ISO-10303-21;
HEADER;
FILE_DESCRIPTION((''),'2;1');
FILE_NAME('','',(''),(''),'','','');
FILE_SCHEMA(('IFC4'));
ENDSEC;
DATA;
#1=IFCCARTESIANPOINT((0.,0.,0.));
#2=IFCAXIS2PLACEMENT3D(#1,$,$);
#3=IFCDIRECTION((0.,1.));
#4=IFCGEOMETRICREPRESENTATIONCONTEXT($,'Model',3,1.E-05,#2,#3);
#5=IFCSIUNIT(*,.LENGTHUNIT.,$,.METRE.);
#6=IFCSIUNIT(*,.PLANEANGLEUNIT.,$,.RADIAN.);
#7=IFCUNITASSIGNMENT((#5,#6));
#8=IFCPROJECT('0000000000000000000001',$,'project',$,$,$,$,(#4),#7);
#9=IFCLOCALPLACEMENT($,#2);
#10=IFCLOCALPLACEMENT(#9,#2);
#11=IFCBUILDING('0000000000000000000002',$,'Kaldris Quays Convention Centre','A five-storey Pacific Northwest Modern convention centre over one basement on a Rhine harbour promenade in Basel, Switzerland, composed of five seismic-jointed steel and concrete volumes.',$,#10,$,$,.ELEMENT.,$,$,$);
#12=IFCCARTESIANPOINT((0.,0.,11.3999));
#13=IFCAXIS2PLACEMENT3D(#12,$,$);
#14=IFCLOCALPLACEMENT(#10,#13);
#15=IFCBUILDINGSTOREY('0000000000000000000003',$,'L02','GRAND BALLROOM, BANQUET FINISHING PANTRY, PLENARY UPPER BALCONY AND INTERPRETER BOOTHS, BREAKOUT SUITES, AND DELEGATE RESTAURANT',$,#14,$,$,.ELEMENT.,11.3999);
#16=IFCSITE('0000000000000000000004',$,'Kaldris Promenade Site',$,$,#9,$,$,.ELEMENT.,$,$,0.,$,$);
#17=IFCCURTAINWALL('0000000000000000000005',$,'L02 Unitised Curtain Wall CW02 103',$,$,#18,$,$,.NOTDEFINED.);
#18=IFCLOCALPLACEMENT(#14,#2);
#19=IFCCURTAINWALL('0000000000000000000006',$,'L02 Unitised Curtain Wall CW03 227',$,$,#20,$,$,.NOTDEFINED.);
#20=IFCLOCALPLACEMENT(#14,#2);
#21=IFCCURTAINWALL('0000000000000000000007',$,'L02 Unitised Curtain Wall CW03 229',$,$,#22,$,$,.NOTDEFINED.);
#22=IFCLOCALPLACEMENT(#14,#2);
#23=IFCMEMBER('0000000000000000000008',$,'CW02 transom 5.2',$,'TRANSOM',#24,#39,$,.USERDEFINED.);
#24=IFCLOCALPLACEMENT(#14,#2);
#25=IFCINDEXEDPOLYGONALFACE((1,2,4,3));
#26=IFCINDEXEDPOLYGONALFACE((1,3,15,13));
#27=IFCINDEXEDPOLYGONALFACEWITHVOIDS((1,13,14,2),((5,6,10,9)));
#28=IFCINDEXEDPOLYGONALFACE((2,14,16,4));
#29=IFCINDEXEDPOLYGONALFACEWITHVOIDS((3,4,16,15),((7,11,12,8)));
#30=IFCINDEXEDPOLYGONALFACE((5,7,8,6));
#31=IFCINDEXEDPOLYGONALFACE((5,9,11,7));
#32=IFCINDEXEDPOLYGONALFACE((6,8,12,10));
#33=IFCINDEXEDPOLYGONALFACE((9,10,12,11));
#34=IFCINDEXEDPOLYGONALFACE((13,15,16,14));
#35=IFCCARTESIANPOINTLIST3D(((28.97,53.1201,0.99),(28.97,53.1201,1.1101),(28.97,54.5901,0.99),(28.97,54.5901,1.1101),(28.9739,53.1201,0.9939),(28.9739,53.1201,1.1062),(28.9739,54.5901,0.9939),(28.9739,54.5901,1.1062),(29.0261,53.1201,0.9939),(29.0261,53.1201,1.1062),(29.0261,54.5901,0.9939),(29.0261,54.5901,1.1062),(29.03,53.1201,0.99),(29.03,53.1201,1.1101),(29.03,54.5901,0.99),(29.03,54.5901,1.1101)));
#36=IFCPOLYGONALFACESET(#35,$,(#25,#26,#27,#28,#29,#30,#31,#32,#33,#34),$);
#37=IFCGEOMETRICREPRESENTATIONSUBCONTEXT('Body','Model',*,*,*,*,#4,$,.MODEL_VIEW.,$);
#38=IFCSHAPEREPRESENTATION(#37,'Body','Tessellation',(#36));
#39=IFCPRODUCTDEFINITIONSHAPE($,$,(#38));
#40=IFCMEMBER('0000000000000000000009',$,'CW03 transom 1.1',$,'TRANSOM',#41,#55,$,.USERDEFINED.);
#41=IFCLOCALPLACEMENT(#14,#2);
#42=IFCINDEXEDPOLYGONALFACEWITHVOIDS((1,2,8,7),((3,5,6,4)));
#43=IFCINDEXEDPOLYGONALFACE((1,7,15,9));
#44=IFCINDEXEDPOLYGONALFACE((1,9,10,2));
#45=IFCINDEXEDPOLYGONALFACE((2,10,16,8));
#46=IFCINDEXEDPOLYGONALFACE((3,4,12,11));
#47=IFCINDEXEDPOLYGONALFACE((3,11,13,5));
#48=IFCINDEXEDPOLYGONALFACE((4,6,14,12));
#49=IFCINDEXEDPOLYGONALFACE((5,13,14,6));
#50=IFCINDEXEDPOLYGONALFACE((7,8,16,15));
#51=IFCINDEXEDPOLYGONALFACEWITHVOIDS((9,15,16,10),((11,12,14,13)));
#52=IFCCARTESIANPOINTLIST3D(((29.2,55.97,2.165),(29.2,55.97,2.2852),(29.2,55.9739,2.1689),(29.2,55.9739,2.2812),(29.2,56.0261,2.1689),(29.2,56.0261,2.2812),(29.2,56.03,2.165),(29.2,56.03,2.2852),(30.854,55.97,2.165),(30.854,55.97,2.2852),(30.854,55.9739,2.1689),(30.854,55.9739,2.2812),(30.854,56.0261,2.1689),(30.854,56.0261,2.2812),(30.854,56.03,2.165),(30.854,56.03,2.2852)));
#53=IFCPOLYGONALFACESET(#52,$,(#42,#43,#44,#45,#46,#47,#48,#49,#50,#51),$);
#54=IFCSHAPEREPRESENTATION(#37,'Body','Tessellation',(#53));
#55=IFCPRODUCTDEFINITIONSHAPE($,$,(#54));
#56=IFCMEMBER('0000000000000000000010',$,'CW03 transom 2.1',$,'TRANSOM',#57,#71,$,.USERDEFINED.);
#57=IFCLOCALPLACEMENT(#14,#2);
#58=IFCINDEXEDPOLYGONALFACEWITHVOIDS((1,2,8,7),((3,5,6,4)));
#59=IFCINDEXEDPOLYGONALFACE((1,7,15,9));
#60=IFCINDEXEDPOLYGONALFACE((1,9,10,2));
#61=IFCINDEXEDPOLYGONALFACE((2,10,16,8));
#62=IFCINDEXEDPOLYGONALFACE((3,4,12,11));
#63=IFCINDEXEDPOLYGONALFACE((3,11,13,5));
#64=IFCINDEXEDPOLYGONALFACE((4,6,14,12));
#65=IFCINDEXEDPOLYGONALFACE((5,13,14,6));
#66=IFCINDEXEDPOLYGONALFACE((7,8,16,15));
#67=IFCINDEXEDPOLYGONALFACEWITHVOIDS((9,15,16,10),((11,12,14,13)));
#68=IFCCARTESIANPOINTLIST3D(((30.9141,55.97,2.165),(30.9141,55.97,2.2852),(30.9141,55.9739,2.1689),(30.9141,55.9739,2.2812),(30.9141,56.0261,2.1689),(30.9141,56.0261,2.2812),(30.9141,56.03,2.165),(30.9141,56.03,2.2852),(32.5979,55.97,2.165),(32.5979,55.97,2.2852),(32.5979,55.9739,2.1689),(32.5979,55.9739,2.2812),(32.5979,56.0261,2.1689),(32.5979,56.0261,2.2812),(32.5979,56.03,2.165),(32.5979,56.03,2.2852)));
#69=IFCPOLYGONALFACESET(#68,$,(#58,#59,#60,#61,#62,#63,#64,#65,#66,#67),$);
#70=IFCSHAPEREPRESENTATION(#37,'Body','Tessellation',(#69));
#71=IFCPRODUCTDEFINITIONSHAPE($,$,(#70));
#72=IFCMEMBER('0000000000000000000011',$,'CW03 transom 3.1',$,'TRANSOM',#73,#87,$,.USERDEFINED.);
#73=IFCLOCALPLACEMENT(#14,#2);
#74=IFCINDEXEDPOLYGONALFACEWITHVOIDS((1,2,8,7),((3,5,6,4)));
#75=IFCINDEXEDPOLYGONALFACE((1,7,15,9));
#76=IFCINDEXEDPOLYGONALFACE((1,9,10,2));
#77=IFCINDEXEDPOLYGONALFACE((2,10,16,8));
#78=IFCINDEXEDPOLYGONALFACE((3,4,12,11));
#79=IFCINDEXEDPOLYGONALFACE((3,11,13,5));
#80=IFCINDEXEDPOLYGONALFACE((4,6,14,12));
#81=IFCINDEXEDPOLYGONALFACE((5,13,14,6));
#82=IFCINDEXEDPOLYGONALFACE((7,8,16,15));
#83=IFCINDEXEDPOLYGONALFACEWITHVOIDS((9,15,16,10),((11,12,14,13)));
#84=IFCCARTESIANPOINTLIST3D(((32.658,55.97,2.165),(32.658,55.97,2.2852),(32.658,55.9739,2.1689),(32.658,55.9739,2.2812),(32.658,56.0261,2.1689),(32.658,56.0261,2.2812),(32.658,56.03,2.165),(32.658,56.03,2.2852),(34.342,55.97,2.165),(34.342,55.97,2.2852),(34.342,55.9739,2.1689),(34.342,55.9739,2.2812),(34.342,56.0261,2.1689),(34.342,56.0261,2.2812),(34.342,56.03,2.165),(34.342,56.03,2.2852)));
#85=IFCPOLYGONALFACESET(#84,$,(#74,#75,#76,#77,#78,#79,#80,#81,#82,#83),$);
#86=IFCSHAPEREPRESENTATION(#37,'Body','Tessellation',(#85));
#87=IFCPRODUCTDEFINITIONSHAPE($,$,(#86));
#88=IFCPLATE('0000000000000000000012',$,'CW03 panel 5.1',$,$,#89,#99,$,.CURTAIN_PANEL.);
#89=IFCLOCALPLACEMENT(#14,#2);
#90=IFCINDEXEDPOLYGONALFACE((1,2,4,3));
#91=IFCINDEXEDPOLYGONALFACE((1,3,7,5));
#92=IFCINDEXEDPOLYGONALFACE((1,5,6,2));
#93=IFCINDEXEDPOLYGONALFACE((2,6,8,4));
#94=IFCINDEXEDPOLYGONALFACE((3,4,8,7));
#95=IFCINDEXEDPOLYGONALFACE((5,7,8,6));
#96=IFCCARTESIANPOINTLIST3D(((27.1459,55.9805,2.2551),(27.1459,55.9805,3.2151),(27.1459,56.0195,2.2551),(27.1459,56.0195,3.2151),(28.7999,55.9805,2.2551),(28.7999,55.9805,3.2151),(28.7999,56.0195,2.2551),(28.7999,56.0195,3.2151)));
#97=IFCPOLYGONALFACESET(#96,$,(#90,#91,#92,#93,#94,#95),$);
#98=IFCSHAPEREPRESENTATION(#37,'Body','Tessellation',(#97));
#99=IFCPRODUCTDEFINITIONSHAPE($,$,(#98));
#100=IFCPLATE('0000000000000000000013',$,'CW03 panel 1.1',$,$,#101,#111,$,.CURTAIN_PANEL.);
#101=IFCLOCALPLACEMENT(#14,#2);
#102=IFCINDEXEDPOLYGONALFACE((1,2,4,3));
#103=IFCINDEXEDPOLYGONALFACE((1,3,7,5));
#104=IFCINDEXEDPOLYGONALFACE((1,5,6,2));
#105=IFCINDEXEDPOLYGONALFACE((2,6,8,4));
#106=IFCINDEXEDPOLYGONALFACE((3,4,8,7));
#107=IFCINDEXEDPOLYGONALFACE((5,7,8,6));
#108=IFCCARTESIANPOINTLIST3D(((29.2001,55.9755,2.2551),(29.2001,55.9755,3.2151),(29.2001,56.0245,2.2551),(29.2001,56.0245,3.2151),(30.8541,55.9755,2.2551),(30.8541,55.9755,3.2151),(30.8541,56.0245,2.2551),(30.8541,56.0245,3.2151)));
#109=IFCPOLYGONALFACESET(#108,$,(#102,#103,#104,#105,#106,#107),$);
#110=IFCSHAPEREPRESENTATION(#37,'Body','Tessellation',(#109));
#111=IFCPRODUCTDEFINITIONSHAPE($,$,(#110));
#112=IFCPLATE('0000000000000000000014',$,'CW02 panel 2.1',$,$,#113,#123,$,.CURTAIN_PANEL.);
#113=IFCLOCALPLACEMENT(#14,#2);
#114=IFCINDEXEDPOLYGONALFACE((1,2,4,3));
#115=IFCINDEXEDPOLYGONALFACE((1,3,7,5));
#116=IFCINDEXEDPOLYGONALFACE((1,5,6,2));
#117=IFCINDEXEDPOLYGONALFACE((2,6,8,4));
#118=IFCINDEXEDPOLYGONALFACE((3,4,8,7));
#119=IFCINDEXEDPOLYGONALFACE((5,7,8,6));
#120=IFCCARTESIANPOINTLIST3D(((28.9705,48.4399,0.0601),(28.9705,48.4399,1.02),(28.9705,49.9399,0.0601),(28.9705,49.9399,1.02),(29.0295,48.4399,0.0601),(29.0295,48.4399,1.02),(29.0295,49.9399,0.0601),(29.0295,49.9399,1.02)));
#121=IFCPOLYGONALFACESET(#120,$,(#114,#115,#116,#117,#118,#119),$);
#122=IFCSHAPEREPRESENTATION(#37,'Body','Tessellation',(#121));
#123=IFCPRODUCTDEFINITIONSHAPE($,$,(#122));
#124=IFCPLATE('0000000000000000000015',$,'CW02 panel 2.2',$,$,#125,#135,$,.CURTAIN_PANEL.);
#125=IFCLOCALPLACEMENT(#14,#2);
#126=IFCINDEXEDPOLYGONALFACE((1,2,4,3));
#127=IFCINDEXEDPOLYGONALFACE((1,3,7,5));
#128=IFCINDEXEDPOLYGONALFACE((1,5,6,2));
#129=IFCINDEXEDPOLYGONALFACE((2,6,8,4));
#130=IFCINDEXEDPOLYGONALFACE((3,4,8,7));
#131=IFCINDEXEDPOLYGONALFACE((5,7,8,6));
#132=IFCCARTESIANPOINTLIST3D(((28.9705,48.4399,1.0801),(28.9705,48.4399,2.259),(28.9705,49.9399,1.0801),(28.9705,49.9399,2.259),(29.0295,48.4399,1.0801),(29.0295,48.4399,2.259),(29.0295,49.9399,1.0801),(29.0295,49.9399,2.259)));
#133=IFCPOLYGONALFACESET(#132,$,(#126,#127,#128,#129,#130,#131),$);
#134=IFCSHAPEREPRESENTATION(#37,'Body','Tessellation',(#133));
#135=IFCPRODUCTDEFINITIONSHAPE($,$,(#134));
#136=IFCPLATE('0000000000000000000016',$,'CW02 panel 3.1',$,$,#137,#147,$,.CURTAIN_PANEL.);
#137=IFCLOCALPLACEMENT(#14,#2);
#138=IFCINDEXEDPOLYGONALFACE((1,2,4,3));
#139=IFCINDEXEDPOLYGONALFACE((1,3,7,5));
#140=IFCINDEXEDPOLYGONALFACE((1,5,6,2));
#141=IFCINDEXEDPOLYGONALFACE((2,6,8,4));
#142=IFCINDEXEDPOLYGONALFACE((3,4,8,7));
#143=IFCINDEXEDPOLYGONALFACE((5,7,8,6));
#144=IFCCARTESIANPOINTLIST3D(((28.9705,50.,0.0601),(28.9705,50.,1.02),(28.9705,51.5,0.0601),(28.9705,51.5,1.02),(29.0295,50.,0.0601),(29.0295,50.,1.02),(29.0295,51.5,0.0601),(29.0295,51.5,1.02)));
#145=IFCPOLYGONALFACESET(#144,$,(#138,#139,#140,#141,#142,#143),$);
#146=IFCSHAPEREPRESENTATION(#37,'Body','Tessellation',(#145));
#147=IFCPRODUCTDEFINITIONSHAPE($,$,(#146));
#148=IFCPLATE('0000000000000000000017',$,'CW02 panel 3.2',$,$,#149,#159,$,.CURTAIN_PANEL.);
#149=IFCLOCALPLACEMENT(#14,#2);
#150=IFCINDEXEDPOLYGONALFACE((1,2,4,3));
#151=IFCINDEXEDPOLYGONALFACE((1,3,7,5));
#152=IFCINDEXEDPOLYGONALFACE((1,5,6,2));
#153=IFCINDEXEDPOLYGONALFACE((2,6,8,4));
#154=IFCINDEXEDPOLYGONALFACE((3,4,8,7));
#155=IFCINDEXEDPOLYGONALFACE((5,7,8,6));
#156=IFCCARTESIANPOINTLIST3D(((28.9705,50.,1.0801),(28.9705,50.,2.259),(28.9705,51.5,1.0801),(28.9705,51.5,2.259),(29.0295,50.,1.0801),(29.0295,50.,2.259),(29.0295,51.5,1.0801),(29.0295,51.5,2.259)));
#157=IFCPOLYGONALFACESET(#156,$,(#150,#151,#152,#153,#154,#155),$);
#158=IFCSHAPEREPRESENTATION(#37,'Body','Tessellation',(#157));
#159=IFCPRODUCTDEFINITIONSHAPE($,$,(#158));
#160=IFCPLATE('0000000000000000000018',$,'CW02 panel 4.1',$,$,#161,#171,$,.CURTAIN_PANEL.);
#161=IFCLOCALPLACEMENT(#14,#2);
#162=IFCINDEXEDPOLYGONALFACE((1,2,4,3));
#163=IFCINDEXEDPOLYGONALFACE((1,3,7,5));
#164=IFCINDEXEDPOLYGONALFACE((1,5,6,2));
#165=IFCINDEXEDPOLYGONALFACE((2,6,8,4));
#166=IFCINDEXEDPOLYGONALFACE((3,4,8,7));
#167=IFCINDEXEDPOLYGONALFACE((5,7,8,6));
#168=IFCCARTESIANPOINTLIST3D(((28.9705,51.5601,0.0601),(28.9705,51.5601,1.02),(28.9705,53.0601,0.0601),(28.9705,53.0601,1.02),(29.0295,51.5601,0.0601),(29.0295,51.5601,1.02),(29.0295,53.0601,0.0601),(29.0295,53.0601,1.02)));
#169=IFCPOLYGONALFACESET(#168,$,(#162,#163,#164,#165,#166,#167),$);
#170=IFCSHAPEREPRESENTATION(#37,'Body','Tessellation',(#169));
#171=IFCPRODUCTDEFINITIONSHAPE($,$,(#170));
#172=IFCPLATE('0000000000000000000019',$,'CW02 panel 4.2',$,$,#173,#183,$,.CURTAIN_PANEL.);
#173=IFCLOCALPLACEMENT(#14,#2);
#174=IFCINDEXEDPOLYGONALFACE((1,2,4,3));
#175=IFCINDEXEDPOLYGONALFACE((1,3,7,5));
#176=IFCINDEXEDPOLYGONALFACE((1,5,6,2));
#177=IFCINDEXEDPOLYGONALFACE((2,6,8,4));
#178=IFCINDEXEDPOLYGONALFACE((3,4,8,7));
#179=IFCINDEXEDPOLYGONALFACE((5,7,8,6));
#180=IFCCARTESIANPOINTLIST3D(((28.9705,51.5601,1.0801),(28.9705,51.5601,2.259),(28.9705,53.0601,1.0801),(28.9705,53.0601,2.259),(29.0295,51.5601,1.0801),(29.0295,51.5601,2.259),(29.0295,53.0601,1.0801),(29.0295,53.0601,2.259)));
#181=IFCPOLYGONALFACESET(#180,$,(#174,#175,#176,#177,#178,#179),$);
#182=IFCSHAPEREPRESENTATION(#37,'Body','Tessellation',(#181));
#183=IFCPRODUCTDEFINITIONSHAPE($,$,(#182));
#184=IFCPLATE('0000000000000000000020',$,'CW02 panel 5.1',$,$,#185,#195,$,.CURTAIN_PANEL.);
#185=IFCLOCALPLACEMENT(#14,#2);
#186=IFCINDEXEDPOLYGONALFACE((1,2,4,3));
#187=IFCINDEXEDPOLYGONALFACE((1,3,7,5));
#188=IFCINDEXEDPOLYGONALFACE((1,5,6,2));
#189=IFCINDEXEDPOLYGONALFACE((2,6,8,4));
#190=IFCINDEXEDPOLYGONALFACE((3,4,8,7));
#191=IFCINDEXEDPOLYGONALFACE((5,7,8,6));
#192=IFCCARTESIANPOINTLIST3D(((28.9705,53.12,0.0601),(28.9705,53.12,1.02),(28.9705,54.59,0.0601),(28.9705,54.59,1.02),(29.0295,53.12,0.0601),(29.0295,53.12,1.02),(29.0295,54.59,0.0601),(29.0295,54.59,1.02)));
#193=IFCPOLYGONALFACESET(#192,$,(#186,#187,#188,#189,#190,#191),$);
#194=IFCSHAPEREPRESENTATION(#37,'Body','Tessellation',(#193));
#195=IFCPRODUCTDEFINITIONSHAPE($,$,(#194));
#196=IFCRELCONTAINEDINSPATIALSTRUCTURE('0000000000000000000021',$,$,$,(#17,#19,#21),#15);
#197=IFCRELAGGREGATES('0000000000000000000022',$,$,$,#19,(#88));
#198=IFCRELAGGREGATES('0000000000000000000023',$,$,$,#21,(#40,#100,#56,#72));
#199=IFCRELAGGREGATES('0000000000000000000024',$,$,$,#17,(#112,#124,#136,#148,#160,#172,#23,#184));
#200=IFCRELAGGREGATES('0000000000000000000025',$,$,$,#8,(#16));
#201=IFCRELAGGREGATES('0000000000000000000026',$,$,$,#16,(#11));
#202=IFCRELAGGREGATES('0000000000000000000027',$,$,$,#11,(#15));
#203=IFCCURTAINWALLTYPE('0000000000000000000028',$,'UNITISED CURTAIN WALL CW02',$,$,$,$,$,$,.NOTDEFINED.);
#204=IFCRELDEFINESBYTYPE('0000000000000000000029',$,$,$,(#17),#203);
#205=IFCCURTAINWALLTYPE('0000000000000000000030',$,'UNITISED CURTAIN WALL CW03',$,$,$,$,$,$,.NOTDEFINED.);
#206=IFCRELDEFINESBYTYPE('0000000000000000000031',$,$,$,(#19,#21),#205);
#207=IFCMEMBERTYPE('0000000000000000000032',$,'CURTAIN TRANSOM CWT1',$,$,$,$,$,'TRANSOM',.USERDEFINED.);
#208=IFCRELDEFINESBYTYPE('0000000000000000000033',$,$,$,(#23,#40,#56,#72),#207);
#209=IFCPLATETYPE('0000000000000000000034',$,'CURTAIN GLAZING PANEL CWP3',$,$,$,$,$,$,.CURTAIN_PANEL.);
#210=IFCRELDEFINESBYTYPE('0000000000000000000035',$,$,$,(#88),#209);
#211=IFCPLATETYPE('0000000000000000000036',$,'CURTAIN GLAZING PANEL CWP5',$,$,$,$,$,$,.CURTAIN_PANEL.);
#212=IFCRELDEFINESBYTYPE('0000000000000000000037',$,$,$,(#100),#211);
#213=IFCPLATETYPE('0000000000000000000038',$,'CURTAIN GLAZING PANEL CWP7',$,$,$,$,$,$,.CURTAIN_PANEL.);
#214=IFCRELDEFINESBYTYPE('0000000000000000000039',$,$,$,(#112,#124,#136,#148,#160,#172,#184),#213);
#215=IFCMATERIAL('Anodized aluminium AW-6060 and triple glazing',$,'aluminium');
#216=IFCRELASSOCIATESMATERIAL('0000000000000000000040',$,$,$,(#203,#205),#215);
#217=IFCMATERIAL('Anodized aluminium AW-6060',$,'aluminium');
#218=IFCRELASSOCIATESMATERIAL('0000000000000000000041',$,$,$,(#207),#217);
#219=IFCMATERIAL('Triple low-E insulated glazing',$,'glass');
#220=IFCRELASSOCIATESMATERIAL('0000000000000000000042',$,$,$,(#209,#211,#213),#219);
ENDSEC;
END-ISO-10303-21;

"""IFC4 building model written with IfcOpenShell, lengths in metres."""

from ifc_helpers import new_model, si_unit, direction, frame, origin, origin_2d, place, context, subcontext, project, spatial, rectangle, hollow_rectangle, extrude, material, material_profile, profile_set, type_object, element, aggregate, save


model = new_model("IFC4")

# Units and contexts
model_context = context("Model", 3, precision=1e-05, world=origin(), true_north=direction((0.0, 1.0)))
body_context = subcontext(model_context, "Body", "Model", "MODEL_VIEW")
ifc_project = project(units=[si_unit("LENGTHUNIT", "METRE"), si_unit("PLANEANGLEUNIT", "RADIAN")], contexts=[model_context])

# Site, building, storey
site_placement = place(None, origin())
site = spatial("IfcSite", under=ifc_project, at=site_placement, Name="Kaldris Promenade Site", CompositionType="ELEMENT", RefElevation=0.0)
building_placement = place(site_placement, origin())
building = spatial("IfcBuilding", under=site, at=building_placement, Name="Kaldris Quays Convention Centre", Description="A five-storey Pacific Northwest Modern convention centre over one basement on a Rhine harbour promenade in Basel, Switzerland, composed of five seismic-jointed steel and concrete volumes.", CompositionType="ELEMENT")
storey_placement = place(building_placement, frame((0.0, 0.0, 11.3999)))
storey = spatial("IfcBuildingStorey", under=building, at=storey_placement, Name="L02", Description="GRAND BALLROOM, BANQUET FINISHING PANTRY, PLENARY UPPER BALCONY AND INTERPRETER BOOTHS, BREAKOUT SUITES, AND DELEGATE RESTAURANT", CompositionType="ELEMENT", Elevation=11.3999)

# Curtain wall
ifc_material_1 = material(Name="Anodized aluminium AW-6060 and triple glazing", Category="aluminium")
curtain_wall_type_1 = type_object("IfcCurtainWallType", Name="UNITISED CURTAIN WALL CW02", PredefinedType="NOTDEFINED", material=ifc_material_1)
curtain_wall_1_placement = place(storey_placement, origin())
curtain_wall_1 = element("IfcCurtainWall", 1, at=curtain_wall_1_placement, inside=storey, type_object=curtain_wall_type_1, Name="L02 Unitised Curtain Wall CW02 103", PredefinedType="NOTDEFINED")
ifc_material_2 = material(Name="Anodized aluminium AW-6060", Category="aluminium")

# Curtain wall
curtain_wall_type_2 = type_object("IfcCurtainWallType", Name="UNITISED CURTAIN WALL CW03", PredefinedType="NOTDEFINED", material=ifc_material_1)
curtain_wall_2_placement = place(storey_placement, origin())
curtain_wall_2 = element("IfcCurtainWall", 2, at=curtain_wall_2_placement, inside=storey, type_object=curtain_wall_type_2, Name="L02 Unitised Curtain Wall CW03 227", PredefinedType="NOTDEFINED")

# Curtain wall
curtain_wall_3_placement = place(storey_placement, origin())
curtain_wall_3 = element("IfcCurtainWall", 3, at=curtain_wall_3_placement, inside=storey, type_object=curtain_wall_type_2, Name="L02 Unitised Curtain Wall CW03 229", PredefinedType="NOTDEFINED")

# Members
ifc_material_profile_1 = material_profile(ifc_material_2, hollow_rectangle(XDim=0.0601, YDim=0.1201, WallThickness=0.0039, at=origin_2d()), Name="RHS 120x60x4")
ifc_profile_set_1 = profile_set([ifc_material_profile_1], Name="Anodized aluminium AW-6060")
member_type_1 = type_object("IfcMemberType", Name="CURTAIN TRANSOM CWT1", ElementType="TRANSOM", PredefinedType="USERDEFINED", material=ifc_profile_set_1)
member_1_placement = place(storey_placement, frame((29.0, 53.1201, 1.05), z_axis=(0.0, 1.0, 0.0), x_axis=(-1.0, 0.0, 0.0)))
member_1 = element("IfcMember", 4, at=member_1_placement, type_object=member_type_1, Name="CW02 transom 5.2", ObjectType="TRANSOM", PredefinedType="USERDEFINED", context=body_context, shape_type="SweptSolid", body=[
    extrude(hollow_rectangle(XDim=0.0601, YDim=0.1201, WallThickness=0.0039, at=origin_2d()), origin(), (0.0, 0.0, 1.0), 1.47),
])
member_2_placement = place(storey_placement, frame((29.2, 56.0, 2.2251), z_axis=(1.0, 0.0, 0.0), x_axis=(0.0, 1.0, 0.0)))
member_2 = element("IfcMember", 5, at=member_2_placement, type_object=member_type_1, Name="CW03 transom 1.1", ObjectType="TRANSOM", PredefinedType="USERDEFINED", context=body_context, shape_type="SweptSolid", body=[
    extrude(hollow_rectangle(XDim=0.0601, YDim=0.1201, WallThickness=0.0039, at=origin_2d()), origin(), (0.0, 0.0, 1.0), 1.6541),
])
member_3_placement = place(storey_placement, frame((30.9141, 56.0, 2.2251), z_axis=(1.0, 0.0, 0.0), x_axis=(0.0, 1.0, 0.0)))
member_3 = element("IfcMember", 6, at=member_3_placement, type_object=member_type_1, Name="CW03 transom 2.1", ObjectType="TRANSOM", PredefinedType="USERDEFINED", context=body_context, shape_type="SweptSolid", body=[
    extrude(hollow_rectangle(XDim=0.0601, YDim=0.1201, WallThickness=0.0039, at=origin_2d()), origin(), (0.0, 0.0, 1.0), 1.6838),
])
member_4_placement = place(storey_placement, frame((32.658, 56.0, 2.2251), z_axis=(1.0, 0.0, 0.0), x_axis=(0.0, 1.0, 0.0)))
member_4 = element("IfcMember", 7, at=member_4_placement, type_object=member_type_1, Name="CW03 transom 3.1", ObjectType="TRANSOM", PredefinedType="USERDEFINED", context=body_context, shape_type="SweptSolid", body=[
    extrude(hollow_rectangle(XDim=0.0601, YDim=0.1201, WallThickness=0.0039, at=origin_2d()), origin(), (0.0, 0.0, 1.0), 1.6841),
])

# Plates
ifc_material_3 = material(Name="Triple low-E insulated glazing", Category="glass")
plate_type_1 = type_object("IfcPlateType", Name="CURTAIN GLAZING PANEL CWP3", PredefinedType="CURTAIN_PANEL", material=ifc_material_3)
plate_1_placement = place(storey_placement, frame((27.9729, 56.0, 2.2551), z_axis=(0.0, 0.0, 1.0), x_axis=(1.0, 0.0, 0.0)))
plate_1 = element("IfcPlate", 8, at=plate_1_placement, type_object=plate_type_1, Name="CW03 panel 5.1", PredefinedType="CURTAIN_PANEL", context=body_context, shape_type="SweptSolid", body=[
    extrude(rectangle(XDim=1.6541, YDim=0.0391, at=origin_2d()), origin(), (0.0, 0.0, 1.0), 0.96),
])
aggregate(curtain_wall_2, [plate_1])
plate_type_2 = type_object("IfcPlateType", Name="CURTAIN GLAZING PANEL CWP5", PredefinedType="CURTAIN_PANEL", material=ifc_material_3)
plate_2_placement = place(storey_placement, frame((30.0271, 56.0, 2.2551), z_axis=(0.0, 0.0, 1.0), x_axis=(1.0, 0.0, 0.0)))
plate_2 = element("IfcPlate", 9, at=plate_2_placement, type_object=plate_type_2, Name="CW03 panel 1.1", PredefinedType="CURTAIN_PANEL", context=body_context, shape_type="SweptSolid", body=[
    extrude(rectangle(XDim=1.6541, YDim=0.0491, at=origin_2d()), origin(), (0.0, 0.0, 1.0), 0.96),
])
aggregate(curtain_wall_3, [member_2, plate_2, member_3, member_4])
plate_type_3 = type_object("IfcPlateType", Name="CURTAIN GLAZING PANEL CWP7", PredefinedType="CURTAIN_PANEL", material=ifc_material_3)
plate_3_placement = place(storey_placement, frame((29.0, 49.1899, 0.0601), z_axis=(0.0, 0.0, 1.0), x_axis=(0.0, 1.0, 0.0)))
plate_3 = element("IfcPlate", 10, at=plate_3_placement, type_object=plate_type_3, Name="CW02 panel 2.1", PredefinedType="CURTAIN_PANEL", context=body_context, shape_type="SweptSolid", body=[
    extrude(rectangle(XDim=1.5, YDim=0.0591, at=origin_2d()), origin(), (0.0, 0.0, 1.0), 0.96),
])
plate_4_placement = place(storey_placement, frame((29.0, 49.1899, 1.0801), z_axis=(0.0, 0.0, 1.0), x_axis=(0.0, 1.0, 0.0)))
plate_4 = element("IfcPlate", 11, at=plate_4_placement, type_object=plate_type_3, Name="CW02 panel 2.2", PredefinedType="CURTAIN_PANEL", context=body_context, shape_type="SweptSolid", body=[
    extrude(rectangle(XDim=1.5, YDim=0.0591, at=origin_2d()), origin(), (0.0, 0.0, 1.0), 1.179),
])
plate_5_placement = place(storey_placement, frame((29.0, 50.75, 0.0601), z_axis=(0.0, 0.0, 1.0), x_axis=(0.0, 1.0, 0.0)))
plate_5 = element("IfcPlate", 12, at=plate_5_placement, type_object=plate_type_3, Name="CW02 panel 3.1", PredefinedType="CURTAIN_PANEL", context=body_context, shape_type="SweptSolid", body=[
    extrude(rectangle(XDim=1.5, YDim=0.0591, at=origin_2d()), origin(), (0.0, 0.0, 1.0), 0.96),
])
plate_6_placement = place(storey_placement, frame((29.0, 50.75, 1.0801), z_axis=(0.0, 0.0, 1.0), x_axis=(0.0, 1.0, 0.0)))
plate_6 = element("IfcPlate", 13, at=plate_6_placement, type_object=plate_type_3, Name="CW02 panel 3.2", PredefinedType="CURTAIN_PANEL", context=body_context, shape_type="SweptSolid", body=[
    extrude(rectangle(XDim=1.5, YDim=0.0591, at=origin_2d()), origin(), (0.0, 0.0, 1.0), 1.179),
])
plate_7_placement = place(storey_placement, frame((29.0, 52.3101, 0.0601), z_axis=(0.0, 0.0, 1.0), x_axis=(0.0, 1.0, 0.0)))
plate_7 = element("IfcPlate", 14, at=plate_7_placement, type_object=plate_type_3, Name="CW02 panel 4.1", PredefinedType="CURTAIN_PANEL", context=body_context, shape_type="SweptSolid", body=[
    extrude(rectangle(XDim=1.5, YDim=0.0591, at=origin_2d()), origin(), (0.0, 0.0, 1.0), 0.96),
])
plate_8_placement = place(storey_placement, frame((29.0, 52.3101, 1.0801), z_axis=(0.0, 0.0, 1.0), x_axis=(0.0, 1.0, 0.0)))
plate_8 = element("IfcPlate", 15, at=plate_8_placement, type_object=plate_type_3, Name="CW02 panel 4.2", PredefinedType="CURTAIN_PANEL", context=body_context, shape_type="SweptSolid", body=[
    extrude(rectangle(XDim=1.5, YDim=0.0591, at=origin_2d()), origin(), (0.0, 0.0, 1.0), 1.179),
])
plate_9_placement = place(storey_placement, frame((29.0, 53.855, 0.0601), z_axis=(0.0, 0.0, 1.0), x_axis=(0.0, 1.0, 0.0)))
plate_9 = element("IfcPlate", 16, at=plate_9_placement, type_object=plate_type_3, Name="CW02 panel 5.1", PredefinedType="CURTAIN_PANEL", context=body_context, shape_type="SweptSolid", body=[
    extrude(rectangle(XDim=1.47, YDim=0.0591, at=origin_2d()), origin(), (0.0, 0.0, 1.0), 0.96),
])
aggregate(curtain_wall_1, [plate_3, plate_4, plate_5, plate_6, plate_7, plate_8, member_1, plate_9])

save(model, "model.ifc")
